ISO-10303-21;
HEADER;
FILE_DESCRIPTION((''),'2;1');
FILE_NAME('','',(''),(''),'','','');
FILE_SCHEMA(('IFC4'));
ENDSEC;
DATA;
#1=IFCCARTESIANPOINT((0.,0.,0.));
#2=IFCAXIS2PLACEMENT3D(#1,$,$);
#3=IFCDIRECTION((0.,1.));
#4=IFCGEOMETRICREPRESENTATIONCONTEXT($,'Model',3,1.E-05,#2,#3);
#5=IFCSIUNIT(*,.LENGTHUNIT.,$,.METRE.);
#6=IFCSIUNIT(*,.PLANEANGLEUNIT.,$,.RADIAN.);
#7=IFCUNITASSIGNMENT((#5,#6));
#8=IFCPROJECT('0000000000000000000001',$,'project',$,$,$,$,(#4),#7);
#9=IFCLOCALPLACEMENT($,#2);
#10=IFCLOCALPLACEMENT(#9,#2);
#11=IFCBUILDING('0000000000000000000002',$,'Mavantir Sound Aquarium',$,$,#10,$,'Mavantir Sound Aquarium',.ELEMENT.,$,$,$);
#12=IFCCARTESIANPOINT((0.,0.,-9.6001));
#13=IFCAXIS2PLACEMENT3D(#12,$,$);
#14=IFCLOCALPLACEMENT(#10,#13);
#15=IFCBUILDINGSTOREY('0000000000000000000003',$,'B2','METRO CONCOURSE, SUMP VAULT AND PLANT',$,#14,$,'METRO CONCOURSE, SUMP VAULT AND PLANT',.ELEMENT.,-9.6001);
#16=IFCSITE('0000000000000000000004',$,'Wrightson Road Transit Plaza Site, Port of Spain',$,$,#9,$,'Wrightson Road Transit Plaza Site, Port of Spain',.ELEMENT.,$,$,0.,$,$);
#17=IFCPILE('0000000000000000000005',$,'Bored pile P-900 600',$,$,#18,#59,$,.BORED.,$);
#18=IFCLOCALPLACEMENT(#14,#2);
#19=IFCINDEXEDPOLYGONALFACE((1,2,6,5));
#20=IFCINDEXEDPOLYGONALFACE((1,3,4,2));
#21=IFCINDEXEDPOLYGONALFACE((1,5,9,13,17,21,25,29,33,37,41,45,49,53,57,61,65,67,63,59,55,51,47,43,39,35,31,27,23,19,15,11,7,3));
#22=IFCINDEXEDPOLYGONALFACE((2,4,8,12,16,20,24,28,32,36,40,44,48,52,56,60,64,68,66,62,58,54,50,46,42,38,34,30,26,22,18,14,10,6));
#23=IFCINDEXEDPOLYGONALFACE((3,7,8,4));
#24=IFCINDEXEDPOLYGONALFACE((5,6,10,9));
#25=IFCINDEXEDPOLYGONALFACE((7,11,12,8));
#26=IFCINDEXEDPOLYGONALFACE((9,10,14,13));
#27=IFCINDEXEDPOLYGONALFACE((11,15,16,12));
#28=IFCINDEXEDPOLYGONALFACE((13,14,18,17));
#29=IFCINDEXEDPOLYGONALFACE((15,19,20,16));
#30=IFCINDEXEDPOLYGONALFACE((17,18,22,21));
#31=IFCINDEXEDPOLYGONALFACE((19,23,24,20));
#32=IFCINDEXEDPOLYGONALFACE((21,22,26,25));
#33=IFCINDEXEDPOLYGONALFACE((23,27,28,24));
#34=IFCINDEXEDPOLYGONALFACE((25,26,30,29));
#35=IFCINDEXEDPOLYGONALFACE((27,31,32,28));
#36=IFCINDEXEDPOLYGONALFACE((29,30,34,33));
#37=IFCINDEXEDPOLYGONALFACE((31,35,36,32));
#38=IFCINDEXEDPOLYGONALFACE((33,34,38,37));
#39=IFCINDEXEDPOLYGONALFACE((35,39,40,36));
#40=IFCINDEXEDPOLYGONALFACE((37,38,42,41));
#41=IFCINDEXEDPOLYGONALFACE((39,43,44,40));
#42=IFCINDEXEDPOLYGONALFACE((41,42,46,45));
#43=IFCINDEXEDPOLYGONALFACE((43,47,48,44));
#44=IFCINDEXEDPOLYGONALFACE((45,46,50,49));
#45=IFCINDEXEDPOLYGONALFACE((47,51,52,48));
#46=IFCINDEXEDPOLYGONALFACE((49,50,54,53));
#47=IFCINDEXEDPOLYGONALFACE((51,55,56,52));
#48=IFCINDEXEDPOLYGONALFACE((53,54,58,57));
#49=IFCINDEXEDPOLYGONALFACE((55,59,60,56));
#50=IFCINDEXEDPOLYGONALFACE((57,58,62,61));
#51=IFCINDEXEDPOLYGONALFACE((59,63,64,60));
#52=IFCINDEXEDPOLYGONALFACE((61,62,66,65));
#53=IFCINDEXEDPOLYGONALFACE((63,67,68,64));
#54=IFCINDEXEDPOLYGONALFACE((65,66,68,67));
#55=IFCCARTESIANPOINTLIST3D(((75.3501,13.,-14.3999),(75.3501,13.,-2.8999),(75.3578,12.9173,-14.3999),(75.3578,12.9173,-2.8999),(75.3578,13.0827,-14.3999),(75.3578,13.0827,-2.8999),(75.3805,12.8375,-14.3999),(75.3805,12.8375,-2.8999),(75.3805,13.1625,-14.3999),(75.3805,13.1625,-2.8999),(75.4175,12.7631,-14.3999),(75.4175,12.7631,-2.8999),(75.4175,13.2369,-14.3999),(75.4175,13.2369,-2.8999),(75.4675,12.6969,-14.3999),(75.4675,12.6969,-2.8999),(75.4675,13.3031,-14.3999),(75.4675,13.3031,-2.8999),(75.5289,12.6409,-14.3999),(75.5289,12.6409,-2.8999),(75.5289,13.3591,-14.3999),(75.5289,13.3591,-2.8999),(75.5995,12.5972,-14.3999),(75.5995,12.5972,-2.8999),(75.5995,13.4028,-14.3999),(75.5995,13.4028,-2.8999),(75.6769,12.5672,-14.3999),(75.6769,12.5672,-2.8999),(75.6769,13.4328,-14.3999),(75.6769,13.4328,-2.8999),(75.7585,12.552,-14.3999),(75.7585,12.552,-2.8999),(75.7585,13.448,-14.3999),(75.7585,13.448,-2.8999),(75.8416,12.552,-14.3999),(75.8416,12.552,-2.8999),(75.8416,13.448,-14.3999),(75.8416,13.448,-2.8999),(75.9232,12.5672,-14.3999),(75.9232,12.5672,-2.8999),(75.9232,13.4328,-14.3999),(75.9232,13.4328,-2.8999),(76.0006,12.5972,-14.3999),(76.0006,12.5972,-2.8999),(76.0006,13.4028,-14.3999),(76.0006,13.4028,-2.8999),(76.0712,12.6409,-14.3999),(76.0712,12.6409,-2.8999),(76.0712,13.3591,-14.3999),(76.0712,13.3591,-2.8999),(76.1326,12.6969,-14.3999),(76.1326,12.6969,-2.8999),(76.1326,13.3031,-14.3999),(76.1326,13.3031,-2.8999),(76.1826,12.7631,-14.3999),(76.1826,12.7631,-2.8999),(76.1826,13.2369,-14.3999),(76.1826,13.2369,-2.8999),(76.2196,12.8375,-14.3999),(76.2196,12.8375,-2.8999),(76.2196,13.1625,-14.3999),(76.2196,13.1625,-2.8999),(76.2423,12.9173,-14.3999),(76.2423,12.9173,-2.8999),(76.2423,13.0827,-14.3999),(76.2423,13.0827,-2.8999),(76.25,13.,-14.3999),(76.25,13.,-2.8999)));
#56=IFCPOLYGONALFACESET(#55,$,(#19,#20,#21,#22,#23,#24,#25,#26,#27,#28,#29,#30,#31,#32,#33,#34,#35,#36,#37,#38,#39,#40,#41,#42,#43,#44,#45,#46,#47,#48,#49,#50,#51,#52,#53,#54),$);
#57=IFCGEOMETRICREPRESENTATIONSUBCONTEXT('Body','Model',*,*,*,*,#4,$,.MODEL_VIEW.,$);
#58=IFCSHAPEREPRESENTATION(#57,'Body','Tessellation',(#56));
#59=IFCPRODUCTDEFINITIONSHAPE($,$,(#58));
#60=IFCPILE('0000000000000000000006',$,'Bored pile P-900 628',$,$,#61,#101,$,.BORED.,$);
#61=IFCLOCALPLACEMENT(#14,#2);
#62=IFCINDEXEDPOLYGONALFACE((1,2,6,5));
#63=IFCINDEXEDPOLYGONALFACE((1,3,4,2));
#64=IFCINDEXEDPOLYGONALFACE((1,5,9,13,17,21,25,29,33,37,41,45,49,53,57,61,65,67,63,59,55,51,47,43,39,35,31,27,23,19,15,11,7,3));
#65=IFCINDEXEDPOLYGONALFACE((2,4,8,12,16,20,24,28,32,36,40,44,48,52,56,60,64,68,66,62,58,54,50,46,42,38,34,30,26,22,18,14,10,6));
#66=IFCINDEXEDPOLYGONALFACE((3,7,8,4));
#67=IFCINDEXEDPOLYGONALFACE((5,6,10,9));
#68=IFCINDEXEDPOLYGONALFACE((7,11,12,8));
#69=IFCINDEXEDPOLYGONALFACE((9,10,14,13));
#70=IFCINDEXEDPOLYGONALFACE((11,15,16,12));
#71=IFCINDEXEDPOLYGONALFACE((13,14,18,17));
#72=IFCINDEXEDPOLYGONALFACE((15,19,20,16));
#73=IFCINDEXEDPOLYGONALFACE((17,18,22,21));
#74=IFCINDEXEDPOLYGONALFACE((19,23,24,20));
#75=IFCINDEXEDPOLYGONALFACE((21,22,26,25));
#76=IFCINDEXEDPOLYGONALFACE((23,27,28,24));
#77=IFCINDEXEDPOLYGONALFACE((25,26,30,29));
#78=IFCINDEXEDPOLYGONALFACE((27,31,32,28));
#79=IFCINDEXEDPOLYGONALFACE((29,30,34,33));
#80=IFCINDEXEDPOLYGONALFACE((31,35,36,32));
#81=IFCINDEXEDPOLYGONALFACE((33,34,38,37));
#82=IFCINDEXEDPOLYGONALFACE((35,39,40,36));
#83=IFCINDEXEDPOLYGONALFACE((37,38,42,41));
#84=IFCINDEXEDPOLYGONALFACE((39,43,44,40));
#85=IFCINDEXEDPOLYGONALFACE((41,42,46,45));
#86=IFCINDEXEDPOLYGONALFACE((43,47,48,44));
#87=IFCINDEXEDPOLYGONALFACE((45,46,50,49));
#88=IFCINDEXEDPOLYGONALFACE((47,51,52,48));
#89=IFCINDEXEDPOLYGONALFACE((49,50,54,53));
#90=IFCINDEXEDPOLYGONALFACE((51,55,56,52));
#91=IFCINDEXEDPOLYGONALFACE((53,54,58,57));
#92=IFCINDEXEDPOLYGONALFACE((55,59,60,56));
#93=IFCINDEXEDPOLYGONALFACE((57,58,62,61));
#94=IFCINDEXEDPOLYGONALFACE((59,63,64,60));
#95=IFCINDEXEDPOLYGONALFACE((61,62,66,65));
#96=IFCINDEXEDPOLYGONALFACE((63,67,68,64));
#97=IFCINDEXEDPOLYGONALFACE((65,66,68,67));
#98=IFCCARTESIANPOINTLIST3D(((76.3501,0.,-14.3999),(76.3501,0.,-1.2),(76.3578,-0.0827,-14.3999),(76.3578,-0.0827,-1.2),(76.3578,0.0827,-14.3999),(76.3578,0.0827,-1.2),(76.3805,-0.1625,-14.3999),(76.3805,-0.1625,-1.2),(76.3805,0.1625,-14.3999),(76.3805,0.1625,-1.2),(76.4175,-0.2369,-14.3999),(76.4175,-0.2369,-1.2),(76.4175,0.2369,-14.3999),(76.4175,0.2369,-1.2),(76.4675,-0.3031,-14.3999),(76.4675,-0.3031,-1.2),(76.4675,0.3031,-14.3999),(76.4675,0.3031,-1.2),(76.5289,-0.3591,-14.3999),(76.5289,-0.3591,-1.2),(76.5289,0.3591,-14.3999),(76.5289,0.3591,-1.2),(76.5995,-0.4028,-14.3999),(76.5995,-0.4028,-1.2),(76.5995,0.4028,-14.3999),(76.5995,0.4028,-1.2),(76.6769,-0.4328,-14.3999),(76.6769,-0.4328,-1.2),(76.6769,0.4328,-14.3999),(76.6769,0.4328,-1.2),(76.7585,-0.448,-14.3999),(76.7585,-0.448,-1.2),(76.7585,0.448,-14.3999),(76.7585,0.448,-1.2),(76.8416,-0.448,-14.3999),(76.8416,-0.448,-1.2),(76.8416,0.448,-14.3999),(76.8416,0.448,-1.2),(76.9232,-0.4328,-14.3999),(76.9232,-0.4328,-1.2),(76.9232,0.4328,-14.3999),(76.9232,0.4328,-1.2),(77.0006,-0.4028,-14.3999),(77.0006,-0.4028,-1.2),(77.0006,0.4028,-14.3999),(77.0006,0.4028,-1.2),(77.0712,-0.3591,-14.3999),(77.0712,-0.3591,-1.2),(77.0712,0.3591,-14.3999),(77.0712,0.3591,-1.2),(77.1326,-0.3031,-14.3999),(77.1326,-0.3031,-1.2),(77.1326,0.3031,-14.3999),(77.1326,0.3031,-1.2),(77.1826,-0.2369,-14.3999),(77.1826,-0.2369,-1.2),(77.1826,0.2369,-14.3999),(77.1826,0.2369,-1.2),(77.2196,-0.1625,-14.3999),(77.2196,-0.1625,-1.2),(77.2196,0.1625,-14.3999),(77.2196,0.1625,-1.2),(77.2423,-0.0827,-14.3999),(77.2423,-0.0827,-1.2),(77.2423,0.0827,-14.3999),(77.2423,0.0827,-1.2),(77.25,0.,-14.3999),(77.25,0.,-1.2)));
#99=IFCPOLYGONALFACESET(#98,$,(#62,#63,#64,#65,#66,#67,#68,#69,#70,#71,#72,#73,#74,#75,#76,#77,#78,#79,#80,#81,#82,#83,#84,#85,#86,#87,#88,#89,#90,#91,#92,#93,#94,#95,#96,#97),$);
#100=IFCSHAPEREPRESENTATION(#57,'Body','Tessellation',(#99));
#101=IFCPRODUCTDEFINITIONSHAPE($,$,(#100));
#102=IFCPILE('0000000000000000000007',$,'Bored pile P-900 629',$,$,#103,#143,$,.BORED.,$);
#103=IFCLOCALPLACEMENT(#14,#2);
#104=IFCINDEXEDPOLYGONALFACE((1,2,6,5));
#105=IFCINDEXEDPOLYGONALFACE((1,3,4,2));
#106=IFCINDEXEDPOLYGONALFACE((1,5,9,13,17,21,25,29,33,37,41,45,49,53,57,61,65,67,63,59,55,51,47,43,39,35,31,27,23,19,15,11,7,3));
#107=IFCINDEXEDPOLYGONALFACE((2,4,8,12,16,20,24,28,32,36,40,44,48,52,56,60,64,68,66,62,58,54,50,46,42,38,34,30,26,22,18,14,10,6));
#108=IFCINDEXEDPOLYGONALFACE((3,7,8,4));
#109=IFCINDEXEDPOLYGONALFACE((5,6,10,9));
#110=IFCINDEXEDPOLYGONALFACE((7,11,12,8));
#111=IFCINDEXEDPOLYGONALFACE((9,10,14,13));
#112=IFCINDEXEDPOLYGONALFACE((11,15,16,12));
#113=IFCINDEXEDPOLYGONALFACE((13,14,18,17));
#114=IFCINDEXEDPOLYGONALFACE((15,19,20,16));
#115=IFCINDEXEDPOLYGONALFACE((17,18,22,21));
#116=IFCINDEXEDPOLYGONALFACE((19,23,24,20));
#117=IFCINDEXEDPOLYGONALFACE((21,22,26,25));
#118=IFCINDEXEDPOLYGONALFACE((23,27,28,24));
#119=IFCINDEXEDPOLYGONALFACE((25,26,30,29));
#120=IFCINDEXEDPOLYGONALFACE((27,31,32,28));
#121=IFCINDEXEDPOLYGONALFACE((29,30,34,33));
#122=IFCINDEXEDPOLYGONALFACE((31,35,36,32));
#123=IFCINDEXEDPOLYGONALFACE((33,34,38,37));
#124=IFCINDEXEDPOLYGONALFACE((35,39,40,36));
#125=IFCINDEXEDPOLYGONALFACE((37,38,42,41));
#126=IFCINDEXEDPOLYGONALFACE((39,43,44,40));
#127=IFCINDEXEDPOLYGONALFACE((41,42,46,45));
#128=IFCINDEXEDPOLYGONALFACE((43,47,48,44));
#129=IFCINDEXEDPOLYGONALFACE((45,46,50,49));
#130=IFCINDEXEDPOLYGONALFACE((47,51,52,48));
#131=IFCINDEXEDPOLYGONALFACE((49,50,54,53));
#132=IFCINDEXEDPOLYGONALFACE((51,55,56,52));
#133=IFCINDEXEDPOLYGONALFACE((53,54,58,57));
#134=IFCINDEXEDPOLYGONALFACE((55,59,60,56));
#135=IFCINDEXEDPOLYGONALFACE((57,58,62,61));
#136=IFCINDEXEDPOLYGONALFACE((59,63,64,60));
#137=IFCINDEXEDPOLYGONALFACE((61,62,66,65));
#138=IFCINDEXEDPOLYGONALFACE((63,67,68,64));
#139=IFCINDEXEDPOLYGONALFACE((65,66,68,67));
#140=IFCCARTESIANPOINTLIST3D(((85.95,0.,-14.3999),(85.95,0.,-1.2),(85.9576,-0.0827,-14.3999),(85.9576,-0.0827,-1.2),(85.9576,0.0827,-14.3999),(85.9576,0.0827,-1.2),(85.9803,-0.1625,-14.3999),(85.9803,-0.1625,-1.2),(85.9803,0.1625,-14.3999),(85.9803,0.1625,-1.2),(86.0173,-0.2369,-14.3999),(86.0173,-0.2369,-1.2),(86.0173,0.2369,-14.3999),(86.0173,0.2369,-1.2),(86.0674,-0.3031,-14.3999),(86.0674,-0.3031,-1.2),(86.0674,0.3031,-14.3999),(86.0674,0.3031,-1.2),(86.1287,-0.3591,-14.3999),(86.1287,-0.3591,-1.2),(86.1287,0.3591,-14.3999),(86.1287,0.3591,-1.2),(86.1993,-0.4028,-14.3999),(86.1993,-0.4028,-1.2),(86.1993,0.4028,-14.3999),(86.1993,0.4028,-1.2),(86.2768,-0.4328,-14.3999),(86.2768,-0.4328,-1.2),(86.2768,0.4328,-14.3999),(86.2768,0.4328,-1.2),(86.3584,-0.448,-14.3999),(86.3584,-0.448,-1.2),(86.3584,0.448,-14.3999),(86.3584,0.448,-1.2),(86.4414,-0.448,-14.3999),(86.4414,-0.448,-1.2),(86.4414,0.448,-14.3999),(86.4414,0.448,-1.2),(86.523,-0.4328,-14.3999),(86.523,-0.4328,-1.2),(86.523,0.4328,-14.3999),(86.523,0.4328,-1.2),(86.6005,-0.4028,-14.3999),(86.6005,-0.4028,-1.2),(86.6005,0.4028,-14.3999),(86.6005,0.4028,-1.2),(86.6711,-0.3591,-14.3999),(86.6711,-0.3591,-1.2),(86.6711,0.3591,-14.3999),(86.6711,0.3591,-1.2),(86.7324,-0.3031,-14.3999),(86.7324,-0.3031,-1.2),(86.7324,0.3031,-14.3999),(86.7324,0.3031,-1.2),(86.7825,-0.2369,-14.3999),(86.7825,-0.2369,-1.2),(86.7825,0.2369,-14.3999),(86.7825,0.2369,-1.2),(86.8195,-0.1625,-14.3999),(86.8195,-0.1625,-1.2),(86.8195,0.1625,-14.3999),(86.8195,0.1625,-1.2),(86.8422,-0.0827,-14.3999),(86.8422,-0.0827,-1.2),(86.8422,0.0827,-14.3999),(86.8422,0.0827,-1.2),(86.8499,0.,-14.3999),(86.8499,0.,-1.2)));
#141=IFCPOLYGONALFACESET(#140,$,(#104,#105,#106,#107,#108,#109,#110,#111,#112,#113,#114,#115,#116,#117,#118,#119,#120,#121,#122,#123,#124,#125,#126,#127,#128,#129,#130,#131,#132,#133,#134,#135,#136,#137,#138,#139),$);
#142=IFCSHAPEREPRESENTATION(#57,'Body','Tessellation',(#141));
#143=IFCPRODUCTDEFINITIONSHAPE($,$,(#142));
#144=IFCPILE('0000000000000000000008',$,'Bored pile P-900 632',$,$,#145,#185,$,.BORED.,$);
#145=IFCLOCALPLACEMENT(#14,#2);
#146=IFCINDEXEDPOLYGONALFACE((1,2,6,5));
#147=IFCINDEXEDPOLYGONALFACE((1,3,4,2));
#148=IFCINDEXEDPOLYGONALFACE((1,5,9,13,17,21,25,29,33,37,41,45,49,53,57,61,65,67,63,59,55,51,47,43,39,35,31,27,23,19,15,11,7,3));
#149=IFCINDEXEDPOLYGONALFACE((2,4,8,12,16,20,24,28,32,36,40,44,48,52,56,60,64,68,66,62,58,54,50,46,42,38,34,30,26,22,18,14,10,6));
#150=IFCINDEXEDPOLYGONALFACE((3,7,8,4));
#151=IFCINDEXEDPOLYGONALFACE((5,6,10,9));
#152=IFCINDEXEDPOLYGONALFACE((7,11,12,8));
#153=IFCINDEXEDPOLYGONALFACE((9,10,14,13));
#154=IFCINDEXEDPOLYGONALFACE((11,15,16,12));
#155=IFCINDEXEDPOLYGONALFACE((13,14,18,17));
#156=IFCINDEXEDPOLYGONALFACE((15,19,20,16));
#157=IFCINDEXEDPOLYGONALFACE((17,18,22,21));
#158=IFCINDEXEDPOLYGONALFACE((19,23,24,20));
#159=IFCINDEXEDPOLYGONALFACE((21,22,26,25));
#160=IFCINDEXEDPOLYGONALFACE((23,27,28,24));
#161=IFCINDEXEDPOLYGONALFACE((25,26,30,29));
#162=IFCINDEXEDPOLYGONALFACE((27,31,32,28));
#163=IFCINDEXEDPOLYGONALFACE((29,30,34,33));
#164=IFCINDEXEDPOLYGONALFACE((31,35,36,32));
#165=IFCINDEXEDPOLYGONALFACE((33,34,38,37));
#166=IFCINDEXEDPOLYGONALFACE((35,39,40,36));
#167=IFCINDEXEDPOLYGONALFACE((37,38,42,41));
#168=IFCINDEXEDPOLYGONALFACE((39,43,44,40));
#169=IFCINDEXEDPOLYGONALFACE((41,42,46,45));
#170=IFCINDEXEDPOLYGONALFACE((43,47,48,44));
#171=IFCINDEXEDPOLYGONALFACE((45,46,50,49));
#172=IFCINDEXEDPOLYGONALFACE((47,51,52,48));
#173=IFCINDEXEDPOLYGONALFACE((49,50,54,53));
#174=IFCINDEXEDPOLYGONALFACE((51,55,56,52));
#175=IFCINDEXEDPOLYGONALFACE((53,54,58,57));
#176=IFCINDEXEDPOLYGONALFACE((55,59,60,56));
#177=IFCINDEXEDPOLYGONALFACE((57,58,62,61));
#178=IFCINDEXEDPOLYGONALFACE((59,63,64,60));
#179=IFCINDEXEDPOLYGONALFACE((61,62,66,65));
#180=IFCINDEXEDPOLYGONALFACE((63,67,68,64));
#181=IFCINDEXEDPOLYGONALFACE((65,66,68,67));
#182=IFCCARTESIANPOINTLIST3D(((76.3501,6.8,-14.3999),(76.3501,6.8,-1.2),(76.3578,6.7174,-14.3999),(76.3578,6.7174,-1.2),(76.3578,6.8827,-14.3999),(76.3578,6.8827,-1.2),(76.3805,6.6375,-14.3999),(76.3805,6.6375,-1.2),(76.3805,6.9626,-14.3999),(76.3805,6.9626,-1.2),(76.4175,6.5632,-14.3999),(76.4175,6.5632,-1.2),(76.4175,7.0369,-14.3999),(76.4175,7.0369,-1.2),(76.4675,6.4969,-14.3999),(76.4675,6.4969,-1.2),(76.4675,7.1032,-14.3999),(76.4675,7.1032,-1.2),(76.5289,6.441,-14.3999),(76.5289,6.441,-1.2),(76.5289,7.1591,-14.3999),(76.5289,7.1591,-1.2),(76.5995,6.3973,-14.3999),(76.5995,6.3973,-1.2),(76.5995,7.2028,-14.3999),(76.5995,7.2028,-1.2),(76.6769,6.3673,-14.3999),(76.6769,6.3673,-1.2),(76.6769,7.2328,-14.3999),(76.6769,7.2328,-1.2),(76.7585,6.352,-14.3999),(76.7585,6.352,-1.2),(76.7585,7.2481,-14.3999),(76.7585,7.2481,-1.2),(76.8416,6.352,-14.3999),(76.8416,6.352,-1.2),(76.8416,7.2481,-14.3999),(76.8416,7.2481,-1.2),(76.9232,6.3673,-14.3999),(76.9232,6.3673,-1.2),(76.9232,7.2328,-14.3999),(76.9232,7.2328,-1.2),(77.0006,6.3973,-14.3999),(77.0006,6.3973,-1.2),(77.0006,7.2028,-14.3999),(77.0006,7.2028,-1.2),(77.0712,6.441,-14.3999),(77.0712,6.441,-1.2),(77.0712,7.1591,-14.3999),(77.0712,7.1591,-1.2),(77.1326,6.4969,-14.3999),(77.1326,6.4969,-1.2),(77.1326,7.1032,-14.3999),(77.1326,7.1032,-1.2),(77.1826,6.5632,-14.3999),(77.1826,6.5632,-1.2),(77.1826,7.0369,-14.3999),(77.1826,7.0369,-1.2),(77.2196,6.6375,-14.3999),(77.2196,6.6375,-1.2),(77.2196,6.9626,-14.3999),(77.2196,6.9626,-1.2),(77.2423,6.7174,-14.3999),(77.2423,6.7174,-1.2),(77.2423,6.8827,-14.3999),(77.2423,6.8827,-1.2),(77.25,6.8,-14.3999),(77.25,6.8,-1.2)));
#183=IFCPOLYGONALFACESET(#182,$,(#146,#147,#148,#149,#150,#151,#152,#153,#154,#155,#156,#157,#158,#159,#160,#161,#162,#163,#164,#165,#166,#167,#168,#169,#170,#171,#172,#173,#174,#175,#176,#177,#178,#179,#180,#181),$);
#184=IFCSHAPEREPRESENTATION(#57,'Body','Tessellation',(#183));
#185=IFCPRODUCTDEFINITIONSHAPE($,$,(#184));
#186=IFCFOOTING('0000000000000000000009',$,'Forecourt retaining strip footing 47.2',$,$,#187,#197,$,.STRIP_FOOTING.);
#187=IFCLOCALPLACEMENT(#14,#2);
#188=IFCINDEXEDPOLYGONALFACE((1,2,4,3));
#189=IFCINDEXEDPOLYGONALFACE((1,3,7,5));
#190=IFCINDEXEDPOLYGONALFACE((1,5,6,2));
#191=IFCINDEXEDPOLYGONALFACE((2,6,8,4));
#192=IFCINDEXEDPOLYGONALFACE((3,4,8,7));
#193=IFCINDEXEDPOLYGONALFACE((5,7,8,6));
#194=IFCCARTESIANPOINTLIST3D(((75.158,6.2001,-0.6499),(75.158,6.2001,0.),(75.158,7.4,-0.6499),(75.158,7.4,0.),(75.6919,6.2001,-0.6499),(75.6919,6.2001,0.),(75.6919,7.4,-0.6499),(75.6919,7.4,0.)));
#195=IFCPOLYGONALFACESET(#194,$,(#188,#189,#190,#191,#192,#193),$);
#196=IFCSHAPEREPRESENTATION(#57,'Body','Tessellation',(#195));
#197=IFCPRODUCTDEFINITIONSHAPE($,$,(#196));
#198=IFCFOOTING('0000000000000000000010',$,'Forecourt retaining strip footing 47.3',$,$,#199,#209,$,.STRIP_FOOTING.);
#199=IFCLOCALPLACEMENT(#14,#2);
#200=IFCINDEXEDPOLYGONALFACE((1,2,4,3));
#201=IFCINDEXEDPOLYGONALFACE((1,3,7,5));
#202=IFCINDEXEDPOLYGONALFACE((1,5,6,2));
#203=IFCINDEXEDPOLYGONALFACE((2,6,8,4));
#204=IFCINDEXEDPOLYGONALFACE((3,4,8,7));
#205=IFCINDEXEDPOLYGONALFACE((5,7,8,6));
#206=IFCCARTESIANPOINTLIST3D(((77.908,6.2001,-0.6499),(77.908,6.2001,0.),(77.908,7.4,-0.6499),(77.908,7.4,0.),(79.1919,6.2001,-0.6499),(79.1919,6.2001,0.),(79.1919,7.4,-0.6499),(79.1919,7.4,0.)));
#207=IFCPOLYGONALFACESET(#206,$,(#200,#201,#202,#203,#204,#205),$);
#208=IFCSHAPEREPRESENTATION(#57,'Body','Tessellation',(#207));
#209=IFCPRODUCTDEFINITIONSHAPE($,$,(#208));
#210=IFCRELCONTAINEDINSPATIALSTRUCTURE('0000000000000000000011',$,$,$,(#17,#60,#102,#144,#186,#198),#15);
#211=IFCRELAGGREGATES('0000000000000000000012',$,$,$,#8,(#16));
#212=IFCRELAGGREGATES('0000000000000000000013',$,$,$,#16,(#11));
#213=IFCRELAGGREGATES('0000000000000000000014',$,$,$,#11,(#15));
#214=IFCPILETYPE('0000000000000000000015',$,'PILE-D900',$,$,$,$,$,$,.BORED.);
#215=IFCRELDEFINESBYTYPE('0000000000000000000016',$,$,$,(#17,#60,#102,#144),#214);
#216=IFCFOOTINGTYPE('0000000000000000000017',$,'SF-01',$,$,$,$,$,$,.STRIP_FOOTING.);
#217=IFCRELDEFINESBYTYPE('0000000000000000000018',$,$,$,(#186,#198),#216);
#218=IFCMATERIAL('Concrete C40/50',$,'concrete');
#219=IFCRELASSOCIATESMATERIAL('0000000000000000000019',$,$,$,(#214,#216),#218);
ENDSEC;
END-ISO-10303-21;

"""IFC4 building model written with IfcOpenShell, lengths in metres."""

from ifc_helpers import new_model, si_unit, direction, frame, origin, origin_2d, place, context, subcontext, project, spatial, rectangle, circle, extrude, material, material_profile, profile_set, type_object, element, save


model = new_model("IFC4")

# Units and contexts
model_context = context("Model", 3, precision=1e-05, world=origin(), true_north=direction((0.0, 1.0)))
body_context = subcontext(model_context, "Body", "Model", "MODEL_VIEW")
ifc_project = project(units=[si_unit("LENGTHUNIT", "METRE"), si_unit("PLANEANGLEUNIT", "RADIAN")], contexts=[model_context])

# Site, building, storey
site_placement = place(None, origin())
site = spatial("IfcSite", under=ifc_project, at=site_placement, Name="Wrightson Road Transit Plaza Site, Port of Spain", LongName="Wrightson Road Transit Plaza Site, Port of Spain", CompositionType="ELEMENT", RefElevation=0.0)
building_placement = place(site_placement, origin())
building = spatial("IfcBuilding", under=site, at=building_placement, Name="Mavantir Sound Aquarium", LongName="Mavantir Sound Aquarium", CompositionType="ELEMENT")
storey_placement = place(building_placement, frame((0.0, 0.0, -9.6001)))
storey = spatial("IfcBuildingStorey", under=building, at=storey_placement, Name="B2", Description="METRO CONCOURSE, SUMP VAULT AND PLANT", LongName="METRO CONCOURSE, SUMP VAULT AND PLANT", CompositionType="ELEMENT", Elevation=-9.6001)

# Shared definitions
ifc_material = material(Name="Concrete C40/50", Category="concrete")

# Piles
ifc_material_profile_1 = material_profile(ifc_material, circle(Radius=0.45, at=origin_2d()), Name="PILE D900")
ifc_profile_set_1 = profile_set([ifc_material_profile_1], Name="Concrete C40/50")
pile_type = type_object("IfcPileType", Name="PILE-D900", PredefinedType="BORED", material=ifc_profile_set_1)
for number, where, z_axis, x_axis, name in (
    (1, (75.8, 13.0, -2.8999), (0.0, 0.0, -1.0), (1.0, 0.0, 0.0), "Bored pile P-900 600"),
):
    element("IfcPile", number, at=place(storey_placement, frame(where, z_axis=z_axis, x_axis=x_axis)), inside=storey, type_object=pile_type, Name=name, PredefinedType="BORED", context=body_context, shape_type="SweptSolid", body=[
        extrude(circle(Radius=0.45, at=origin_2d()), origin(), (0.0, 0.0, 1.0), 11.5),
    ])
for number, where, z_axis, x_axis, name in (
    (2, (76.8, 0.0, -1.2), (0.0, 0.0, -1.0), (1.0, 0.0, 0.0), "Bored pile P-900 628"),
    (3, (86.3999, 0.0, -1.2), (0.0, 0.0, -1.0), (1.0, 0.0, 0.0), "Bored pile P-900 629"),
    (4, (76.8, 6.8, -1.2), (0.0, 0.0, -1.0), (1.0, 0.0, 0.0), "Bored pile P-900 632"),
):
    element("IfcPile", number, at=place(storey_placement, frame(where, z_axis=z_axis, x_axis=x_axis)), inside=storey, type_object=pile_type, Name=name, PredefinedType="BORED", context=body_context, shape_type="SweptSolid", body=[
        extrude(circle(Radius=0.45, at=origin_2d()), origin(), (0.0, 0.0, 1.0), 13.2),
    ])

# Footings
ifc_material_profile_2 = material_profile(ifc_material, rectangle(XDim=1.2, YDim=0.6499, at=origin_2d()), Name="RC 1200X650")
ifc_profile_set_2 = profile_set([ifc_material_profile_2], Name="Concrete C40/50")
footing_type_1 = type_object("IfcFootingType", Name="SF-01", PredefinedType="STRIP_FOOTING", material=ifc_profile_set_2)
footing_1_placement = place(storey_placement, frame((75.158, 6.8, -0.325), z_axis=(1.0, 0.0, 0.0), x_axis=(0.0, 1.0, 0.0)))
element("IfcFooting", 5, at=footing_1_placement, inside=storey, type_object=footing_type_1, Name="Forecourt retaining strip footing 47.2", PredefinedType="STRIP_FOOTING", context=body_context, shape_type="SweptSolid", body=[
    extrude(rectangle(XDim=1.2, YDim=0.6499, at=origin_2d()), origin(), (0.0, 0.0, 1.0), 0.5339),
])
footing_2_placement = place(storey_placement, frame((77.908, 6.8, -0.325), z_axis=(1.0, 0.0, 0.0), x_axis=(0.0, 1.0, 0.0)))
element("IfcFooting", 6, at=footing_2_placement, inside=storey, type_object=footing_type_1, Name="Forecourt retaining strip footing 47.3", PredefinedType="STRIP_FOOTING", context=body_context, shape_type="SweptSolid", body=[
    extrude(rectangle(XDim=1.2, YDim=0.6499, at=origin_2d()), origin(), (0.0, 0.0, 1.0), 1.2839),
])

save(model, "model.ifc")
